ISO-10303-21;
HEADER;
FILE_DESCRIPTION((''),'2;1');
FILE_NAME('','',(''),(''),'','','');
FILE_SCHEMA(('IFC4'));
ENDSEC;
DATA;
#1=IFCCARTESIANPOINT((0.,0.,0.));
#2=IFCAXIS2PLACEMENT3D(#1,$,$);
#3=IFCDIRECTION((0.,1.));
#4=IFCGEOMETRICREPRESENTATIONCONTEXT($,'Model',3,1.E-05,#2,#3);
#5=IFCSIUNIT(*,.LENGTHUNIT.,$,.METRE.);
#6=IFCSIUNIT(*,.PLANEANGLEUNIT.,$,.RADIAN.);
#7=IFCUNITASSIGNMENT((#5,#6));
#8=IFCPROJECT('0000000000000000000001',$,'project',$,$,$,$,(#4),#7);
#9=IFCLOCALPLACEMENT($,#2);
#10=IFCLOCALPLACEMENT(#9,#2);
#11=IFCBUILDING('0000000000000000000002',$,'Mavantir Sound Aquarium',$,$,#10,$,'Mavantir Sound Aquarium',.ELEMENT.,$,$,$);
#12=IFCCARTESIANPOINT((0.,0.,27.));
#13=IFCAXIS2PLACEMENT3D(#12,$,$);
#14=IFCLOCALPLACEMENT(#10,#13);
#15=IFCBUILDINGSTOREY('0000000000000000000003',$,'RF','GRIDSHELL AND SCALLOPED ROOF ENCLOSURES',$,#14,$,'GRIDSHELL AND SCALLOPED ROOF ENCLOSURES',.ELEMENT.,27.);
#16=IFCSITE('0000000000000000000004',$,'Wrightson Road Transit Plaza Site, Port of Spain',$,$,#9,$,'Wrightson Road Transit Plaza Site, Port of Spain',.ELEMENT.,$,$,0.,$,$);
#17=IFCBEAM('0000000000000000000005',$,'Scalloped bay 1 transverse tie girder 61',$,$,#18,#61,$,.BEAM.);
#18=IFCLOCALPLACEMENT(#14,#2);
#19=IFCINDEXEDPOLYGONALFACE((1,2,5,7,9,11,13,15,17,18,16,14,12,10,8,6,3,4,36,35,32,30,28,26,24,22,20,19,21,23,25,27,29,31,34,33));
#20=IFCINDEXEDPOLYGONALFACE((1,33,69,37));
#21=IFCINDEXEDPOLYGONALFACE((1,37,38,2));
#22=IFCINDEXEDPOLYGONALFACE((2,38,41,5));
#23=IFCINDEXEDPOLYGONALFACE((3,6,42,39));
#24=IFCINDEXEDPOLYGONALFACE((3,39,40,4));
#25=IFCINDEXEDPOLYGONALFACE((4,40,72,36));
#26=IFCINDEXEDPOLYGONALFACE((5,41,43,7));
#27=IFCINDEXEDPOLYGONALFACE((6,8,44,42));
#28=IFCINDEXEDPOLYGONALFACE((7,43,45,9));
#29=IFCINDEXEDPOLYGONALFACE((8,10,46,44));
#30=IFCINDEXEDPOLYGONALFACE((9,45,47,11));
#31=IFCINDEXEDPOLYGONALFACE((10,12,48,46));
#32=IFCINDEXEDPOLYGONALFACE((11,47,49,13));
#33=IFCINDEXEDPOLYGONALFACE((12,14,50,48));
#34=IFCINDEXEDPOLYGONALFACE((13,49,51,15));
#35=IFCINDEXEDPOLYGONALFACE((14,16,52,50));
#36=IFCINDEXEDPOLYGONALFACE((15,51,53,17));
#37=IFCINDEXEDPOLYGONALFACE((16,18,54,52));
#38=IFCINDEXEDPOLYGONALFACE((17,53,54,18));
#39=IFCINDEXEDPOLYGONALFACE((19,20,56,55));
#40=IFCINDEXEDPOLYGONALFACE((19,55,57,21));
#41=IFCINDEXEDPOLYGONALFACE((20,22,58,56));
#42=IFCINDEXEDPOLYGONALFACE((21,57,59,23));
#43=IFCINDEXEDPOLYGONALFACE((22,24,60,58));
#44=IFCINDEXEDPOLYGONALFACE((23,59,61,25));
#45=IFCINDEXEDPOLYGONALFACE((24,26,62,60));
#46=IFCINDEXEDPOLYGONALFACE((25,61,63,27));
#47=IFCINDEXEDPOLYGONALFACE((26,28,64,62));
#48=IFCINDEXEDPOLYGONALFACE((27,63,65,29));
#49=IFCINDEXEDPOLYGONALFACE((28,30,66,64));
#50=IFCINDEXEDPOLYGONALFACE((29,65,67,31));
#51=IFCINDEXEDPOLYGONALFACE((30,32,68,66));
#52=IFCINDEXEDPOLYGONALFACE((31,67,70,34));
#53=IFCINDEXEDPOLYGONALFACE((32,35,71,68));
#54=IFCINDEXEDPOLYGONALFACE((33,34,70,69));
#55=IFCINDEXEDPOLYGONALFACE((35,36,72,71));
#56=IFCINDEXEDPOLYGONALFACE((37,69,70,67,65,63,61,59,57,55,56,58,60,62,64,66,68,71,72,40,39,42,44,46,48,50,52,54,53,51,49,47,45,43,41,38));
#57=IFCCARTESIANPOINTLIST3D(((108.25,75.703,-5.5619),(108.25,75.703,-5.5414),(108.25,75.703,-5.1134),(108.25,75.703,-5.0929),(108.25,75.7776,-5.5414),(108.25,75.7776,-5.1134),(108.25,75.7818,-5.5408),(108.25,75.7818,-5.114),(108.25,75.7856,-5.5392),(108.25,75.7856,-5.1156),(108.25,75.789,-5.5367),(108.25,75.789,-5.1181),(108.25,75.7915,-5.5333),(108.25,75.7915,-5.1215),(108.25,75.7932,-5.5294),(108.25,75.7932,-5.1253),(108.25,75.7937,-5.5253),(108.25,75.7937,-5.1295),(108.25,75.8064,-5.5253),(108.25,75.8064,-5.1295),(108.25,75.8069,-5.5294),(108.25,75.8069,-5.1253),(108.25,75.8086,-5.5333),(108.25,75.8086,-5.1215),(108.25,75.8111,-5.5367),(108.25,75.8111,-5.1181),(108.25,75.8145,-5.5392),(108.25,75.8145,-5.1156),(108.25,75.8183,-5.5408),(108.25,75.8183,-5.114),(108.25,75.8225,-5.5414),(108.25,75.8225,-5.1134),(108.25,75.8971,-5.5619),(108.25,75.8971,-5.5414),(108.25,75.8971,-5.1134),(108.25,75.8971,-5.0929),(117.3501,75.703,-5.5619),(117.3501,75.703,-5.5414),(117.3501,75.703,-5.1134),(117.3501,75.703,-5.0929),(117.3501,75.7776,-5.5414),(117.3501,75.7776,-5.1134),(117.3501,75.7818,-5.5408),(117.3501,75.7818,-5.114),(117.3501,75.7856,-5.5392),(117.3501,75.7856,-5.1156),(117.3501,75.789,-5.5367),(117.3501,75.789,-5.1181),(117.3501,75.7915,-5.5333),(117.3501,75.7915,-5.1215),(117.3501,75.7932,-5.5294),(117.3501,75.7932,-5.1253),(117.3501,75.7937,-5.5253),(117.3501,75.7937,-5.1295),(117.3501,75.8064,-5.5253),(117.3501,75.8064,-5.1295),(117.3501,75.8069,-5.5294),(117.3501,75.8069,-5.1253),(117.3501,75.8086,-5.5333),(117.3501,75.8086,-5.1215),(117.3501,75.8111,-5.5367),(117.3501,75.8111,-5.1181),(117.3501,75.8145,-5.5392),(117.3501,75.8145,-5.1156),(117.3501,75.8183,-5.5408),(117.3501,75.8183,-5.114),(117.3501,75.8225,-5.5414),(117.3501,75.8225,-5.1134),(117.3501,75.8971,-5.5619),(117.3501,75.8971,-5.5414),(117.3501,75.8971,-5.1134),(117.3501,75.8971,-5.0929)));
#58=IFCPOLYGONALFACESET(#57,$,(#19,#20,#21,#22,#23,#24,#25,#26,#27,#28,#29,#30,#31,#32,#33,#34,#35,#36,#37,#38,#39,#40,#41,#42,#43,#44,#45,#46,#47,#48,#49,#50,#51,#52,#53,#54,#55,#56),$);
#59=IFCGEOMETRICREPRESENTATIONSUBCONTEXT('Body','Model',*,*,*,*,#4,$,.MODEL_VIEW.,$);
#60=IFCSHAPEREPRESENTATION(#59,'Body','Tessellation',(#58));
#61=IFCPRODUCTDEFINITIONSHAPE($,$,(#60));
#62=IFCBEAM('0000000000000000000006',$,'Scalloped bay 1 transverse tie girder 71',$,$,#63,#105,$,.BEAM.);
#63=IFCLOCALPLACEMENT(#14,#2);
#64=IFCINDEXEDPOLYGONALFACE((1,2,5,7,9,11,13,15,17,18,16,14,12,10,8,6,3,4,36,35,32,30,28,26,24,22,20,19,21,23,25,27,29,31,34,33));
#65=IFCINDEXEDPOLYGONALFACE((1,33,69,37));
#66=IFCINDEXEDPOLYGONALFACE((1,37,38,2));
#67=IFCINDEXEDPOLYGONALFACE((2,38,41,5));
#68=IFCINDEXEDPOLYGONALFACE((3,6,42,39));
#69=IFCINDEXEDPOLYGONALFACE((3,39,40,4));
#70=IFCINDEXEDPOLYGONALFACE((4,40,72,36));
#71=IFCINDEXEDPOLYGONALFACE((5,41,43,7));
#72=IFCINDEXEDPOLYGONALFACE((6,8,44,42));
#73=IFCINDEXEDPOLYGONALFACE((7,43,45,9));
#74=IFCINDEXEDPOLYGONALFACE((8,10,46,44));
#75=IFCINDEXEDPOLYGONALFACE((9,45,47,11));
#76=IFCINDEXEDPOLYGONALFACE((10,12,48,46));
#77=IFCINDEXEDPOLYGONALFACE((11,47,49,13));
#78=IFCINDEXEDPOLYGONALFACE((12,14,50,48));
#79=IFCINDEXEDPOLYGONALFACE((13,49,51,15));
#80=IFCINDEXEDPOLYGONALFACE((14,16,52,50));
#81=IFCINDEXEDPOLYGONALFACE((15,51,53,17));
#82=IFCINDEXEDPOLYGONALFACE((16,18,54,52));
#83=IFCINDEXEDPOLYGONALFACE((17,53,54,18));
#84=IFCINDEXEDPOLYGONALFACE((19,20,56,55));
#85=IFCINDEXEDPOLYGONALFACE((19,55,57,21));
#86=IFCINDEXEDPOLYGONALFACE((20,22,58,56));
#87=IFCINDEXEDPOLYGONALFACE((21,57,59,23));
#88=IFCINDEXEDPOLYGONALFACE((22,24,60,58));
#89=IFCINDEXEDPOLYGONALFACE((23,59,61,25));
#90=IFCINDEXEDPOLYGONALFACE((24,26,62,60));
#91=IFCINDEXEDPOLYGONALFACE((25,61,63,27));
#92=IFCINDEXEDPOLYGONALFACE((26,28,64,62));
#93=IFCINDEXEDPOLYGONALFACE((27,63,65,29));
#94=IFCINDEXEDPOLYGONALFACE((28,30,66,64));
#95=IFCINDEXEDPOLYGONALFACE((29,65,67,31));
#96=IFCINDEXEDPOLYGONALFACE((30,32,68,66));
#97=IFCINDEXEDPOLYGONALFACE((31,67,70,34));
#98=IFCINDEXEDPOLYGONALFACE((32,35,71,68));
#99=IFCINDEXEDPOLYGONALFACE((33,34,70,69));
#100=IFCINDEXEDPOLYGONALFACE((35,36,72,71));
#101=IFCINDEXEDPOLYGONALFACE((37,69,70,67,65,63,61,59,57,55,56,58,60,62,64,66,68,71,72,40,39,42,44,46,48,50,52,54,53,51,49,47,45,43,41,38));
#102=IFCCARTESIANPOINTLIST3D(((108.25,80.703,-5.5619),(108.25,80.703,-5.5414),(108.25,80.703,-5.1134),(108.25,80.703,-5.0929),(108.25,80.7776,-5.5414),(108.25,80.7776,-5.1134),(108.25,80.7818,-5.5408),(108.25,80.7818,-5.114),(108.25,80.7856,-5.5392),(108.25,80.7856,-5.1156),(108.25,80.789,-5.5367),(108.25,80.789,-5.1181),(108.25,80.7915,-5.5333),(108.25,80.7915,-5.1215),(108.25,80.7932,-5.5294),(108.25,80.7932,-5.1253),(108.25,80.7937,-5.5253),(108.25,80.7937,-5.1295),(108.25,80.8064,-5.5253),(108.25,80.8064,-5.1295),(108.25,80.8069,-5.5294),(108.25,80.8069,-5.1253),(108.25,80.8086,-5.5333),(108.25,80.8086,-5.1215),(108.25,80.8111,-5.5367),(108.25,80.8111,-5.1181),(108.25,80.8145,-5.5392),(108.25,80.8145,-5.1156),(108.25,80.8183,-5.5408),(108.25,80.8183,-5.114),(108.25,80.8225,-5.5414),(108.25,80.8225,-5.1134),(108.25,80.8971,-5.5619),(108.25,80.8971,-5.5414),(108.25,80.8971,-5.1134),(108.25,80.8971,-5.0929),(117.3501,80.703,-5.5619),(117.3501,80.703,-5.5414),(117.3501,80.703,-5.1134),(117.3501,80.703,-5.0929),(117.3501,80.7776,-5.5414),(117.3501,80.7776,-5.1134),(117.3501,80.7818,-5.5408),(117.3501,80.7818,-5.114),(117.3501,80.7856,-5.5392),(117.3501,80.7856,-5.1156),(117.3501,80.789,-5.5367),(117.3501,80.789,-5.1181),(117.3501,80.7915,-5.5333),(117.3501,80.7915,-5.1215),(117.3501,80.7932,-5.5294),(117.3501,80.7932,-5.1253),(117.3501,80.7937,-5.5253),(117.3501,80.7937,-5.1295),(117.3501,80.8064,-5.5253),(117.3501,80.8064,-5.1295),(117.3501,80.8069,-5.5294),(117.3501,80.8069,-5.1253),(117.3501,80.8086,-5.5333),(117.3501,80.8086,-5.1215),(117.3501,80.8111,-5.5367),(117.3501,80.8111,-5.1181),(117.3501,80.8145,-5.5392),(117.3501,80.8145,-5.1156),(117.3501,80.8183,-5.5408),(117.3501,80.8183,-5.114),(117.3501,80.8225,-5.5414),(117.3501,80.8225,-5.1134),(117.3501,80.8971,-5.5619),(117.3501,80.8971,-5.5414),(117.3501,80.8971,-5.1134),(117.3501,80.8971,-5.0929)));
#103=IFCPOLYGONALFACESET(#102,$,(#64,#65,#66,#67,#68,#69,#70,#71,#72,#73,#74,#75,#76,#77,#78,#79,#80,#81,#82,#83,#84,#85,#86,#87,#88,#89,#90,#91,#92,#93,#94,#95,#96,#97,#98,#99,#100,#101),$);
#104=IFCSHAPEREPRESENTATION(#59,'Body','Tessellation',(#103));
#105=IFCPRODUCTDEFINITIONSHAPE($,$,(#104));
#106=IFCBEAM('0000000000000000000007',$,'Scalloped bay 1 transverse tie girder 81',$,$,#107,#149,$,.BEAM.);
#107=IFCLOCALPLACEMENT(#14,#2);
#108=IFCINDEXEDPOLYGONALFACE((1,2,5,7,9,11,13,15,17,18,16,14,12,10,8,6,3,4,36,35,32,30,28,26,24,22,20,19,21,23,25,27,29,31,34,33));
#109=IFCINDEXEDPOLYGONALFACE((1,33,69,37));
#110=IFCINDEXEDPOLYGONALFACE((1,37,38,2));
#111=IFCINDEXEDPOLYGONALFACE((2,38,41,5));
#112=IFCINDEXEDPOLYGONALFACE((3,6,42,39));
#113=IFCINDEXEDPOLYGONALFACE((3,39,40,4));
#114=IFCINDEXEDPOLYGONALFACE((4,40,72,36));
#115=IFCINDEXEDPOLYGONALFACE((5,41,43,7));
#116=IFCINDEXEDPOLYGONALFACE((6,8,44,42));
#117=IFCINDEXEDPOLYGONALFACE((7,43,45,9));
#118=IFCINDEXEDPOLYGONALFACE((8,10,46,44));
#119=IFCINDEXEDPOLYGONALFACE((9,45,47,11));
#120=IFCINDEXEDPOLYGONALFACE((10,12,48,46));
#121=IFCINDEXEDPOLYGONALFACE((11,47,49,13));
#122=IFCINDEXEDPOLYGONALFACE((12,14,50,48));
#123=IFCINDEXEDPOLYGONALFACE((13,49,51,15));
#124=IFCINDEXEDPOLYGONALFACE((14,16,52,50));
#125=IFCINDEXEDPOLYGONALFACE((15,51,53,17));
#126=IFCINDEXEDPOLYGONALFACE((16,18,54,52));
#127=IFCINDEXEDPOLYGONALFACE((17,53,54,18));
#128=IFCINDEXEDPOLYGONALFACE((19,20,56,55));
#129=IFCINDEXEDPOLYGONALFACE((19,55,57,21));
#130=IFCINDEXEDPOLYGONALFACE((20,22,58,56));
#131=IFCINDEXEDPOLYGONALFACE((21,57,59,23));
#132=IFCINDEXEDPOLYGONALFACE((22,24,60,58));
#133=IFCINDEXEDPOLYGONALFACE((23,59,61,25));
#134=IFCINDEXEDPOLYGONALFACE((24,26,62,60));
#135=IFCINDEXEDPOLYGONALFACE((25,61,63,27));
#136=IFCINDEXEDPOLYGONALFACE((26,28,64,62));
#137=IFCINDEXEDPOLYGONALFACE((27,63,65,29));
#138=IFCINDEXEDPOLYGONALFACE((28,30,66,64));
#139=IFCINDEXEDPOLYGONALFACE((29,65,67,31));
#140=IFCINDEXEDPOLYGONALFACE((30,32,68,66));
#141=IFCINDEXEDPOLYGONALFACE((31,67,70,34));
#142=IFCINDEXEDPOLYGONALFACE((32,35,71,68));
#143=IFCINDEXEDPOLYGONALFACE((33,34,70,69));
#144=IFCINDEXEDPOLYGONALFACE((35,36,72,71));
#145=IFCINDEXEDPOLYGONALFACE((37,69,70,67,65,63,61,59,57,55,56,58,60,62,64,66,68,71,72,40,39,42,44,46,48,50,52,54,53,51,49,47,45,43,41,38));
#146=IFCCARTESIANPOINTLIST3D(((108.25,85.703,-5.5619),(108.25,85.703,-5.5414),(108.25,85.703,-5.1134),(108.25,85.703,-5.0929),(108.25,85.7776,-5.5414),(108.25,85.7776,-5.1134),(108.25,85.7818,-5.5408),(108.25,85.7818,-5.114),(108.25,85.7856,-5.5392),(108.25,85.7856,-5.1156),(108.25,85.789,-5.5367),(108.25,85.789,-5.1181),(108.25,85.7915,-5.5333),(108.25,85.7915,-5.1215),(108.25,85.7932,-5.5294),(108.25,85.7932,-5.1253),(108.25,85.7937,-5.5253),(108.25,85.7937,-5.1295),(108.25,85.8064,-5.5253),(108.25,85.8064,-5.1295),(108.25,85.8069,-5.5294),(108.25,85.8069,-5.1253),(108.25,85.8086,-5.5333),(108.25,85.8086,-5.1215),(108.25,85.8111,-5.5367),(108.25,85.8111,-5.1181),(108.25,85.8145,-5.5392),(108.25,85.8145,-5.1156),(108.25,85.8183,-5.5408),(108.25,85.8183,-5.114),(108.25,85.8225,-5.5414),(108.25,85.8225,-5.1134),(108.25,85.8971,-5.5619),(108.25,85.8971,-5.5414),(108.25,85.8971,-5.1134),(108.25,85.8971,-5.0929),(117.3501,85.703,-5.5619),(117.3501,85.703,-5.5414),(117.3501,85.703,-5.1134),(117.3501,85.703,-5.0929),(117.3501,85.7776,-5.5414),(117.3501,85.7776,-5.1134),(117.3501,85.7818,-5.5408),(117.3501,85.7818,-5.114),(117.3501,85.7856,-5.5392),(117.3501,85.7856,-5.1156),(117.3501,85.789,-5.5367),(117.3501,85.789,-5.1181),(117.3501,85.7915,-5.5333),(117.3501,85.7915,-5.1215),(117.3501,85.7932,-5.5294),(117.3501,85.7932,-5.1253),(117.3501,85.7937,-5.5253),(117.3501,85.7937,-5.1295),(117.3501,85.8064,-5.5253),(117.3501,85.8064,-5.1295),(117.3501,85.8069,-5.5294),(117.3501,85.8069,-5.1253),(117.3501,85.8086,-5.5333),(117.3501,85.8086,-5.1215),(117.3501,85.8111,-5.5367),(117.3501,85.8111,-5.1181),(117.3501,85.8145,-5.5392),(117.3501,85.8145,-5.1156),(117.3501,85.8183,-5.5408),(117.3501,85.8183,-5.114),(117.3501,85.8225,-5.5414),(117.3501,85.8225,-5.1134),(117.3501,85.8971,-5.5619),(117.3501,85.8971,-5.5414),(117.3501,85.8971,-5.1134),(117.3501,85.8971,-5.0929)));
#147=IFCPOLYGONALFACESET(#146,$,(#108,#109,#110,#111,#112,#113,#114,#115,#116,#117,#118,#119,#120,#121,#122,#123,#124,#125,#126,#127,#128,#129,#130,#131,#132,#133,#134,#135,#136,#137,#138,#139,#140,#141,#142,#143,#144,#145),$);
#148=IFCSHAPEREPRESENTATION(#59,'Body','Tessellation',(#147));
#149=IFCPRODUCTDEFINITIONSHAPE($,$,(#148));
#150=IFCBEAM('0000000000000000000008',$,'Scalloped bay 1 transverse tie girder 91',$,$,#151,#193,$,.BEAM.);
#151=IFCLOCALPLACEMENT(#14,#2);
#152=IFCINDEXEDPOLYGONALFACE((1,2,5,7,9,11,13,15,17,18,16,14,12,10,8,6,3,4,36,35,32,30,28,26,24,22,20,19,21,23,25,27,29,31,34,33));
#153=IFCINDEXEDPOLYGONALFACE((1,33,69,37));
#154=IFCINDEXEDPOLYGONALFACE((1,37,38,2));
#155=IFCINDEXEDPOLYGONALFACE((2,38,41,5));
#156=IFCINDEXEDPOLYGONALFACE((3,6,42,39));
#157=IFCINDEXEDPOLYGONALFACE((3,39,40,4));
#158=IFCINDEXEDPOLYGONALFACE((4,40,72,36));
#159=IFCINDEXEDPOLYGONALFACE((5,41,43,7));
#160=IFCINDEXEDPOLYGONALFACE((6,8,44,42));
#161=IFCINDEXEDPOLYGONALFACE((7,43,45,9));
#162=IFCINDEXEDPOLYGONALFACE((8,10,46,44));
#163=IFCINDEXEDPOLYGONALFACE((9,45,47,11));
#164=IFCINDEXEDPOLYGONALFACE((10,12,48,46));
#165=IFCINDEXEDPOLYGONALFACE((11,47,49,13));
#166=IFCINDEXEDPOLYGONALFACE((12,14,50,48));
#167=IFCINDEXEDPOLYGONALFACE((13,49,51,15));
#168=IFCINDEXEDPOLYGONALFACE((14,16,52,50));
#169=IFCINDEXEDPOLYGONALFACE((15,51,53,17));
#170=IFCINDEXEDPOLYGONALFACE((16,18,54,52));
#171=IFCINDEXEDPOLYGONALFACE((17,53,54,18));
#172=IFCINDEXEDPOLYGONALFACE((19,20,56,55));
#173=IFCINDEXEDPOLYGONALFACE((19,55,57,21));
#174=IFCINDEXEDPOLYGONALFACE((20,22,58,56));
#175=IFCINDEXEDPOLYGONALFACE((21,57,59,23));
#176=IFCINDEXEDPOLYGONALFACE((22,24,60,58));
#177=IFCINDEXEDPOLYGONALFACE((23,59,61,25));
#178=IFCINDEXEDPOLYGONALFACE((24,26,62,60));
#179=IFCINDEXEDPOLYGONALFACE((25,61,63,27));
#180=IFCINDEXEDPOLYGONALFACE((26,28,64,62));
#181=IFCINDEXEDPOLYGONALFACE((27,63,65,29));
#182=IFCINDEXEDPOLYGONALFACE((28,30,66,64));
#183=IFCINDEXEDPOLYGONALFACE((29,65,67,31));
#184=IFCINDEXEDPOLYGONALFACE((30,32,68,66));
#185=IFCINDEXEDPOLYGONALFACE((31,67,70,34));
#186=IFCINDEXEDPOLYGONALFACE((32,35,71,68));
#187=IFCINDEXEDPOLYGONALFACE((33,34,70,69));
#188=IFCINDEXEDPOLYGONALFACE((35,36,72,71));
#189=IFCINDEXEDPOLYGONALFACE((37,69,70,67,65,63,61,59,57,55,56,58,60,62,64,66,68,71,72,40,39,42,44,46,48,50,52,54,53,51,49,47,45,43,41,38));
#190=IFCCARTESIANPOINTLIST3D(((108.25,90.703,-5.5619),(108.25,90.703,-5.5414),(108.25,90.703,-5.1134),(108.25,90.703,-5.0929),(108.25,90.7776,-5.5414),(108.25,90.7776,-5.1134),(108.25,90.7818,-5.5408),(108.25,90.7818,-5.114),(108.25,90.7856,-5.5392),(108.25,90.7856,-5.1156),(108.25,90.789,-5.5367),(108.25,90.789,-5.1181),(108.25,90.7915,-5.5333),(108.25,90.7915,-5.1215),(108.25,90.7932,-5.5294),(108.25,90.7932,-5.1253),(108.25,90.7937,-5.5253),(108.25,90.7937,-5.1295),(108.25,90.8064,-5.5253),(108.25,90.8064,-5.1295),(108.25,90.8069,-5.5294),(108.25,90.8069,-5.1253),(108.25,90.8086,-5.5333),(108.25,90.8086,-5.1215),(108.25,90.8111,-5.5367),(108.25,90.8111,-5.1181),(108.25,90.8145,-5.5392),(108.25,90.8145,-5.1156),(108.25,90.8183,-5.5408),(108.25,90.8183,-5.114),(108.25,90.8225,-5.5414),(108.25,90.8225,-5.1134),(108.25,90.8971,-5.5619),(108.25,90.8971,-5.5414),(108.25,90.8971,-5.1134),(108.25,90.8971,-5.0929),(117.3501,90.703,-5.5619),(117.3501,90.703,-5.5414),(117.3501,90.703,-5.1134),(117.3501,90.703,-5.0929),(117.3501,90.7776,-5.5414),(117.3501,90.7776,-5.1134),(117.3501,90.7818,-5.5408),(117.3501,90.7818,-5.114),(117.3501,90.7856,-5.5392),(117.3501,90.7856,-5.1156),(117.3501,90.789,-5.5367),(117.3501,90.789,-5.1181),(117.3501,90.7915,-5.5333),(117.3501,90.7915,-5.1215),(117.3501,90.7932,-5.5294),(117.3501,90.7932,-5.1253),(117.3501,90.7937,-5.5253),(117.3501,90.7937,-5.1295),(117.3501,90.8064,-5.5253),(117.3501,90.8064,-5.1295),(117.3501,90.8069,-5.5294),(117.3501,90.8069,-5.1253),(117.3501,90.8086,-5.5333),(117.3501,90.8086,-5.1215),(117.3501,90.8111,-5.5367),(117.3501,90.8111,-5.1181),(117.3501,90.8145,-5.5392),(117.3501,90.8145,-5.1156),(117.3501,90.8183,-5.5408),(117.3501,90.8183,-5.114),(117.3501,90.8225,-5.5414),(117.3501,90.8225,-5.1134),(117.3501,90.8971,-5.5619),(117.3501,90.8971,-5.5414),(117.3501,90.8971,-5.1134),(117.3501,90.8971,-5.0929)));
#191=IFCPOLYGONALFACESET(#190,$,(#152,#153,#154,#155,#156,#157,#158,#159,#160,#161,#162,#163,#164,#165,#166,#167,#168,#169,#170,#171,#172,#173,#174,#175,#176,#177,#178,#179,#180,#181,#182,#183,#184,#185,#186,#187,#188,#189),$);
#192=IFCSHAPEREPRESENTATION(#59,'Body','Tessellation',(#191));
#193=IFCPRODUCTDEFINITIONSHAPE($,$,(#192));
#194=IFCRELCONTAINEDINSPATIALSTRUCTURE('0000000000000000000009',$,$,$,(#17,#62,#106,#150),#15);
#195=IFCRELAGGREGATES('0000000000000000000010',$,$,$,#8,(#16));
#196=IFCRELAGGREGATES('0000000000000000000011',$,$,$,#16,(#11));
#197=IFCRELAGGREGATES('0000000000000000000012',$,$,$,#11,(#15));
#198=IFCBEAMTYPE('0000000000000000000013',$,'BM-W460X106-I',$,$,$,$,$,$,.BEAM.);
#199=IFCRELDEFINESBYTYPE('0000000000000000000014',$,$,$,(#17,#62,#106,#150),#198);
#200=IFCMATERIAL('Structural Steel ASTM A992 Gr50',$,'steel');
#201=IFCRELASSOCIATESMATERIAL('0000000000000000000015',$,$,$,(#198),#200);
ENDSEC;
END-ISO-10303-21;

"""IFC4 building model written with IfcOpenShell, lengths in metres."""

from ifc_helpers import new_model, si_unit, direction, frame, origin, origin_2d, place, context, subcontext, project, spatial, i_section, extrude, material, material_profile, profile_set, type_object, element, save


model = new_model("IFC4")

# Units and contexts
model_context = context("Model", 3, precision=1e-05, world=origin(), true_north=direction((0.0, 1.0)))
body_context = subcontext(model_context, "Body", "Model", "MODEL_VIEW")
ifc_project = project(units=[si_unit("LENGTHUNIT", "METRE"), si_unit("PLANEANGLEUNIT", "RADIAN")], contexts=[model_context])

# Site, building, storey
site_placement = place(None, origin())
site = spatial("IfcSite", under=ifc_project, at=site_placement, Name="Wrightson Road Transit Plaza Site, Port of Spain", LongName="Wrightson Road Transit Plaza Site, Port of Spain", CompositionType="ELEMENT", RefElevation=0.0)
building_placement = place(site_placement, origin())
building = spatial("IfcBuilding", under=site, at=building_placement, Name="Mavantir Sound Aquarium", LongName="Mavantir Sound Aquarium", CompositionType="ELEMENT")
storey_placement = place(building_placement, frame((0.0, 0.0, 27.0)))
storey = spatial("IfcBuildingStorey", under=building, at=storey_placement, Name="RF", Description="GRIDSHELL AND SCALLOPED ROOF ENCLOSURES", LongName="GRIDSHELL AND SCALLOPED ROOF ENCLOSURES", CompositionType="ELEMENT", Elevation=27.0)

# Beams
ifc_material_1 = material(Name="Structural Steel ASTM A992 Gr50", Category="steel")
ifc_material_profile_1 = material_profile(ifc_material_1, i_section(OverallWidth=0.1941, OverallDepth=0.469, WebThickness=0.0127, FlangeThickness=0.0205, FilletRadius=0.0161, at=origin_2d()), Name="W460X106")
ifc_profile_set_1 = profile_set([ifc_material_profile_1], Name="Structural Steel ASTM A992 Gr50")
beam_type = type_object("IfcBeamType", Name="BM-W460X106-I", PredefinedType="BEAM", material=ifc_profile_set_1)
for number, where, z_axis, x_axis, name in (
    (1, (108.25, 75.8, -5.3274), (1.0, 0.0, 0.0), (0.0, 1.0, 0.0), "Scalloped bay 1 transverse tie girder 61"),
    (2, (108.25, 80.8, -5.3274), (1.0, 0.0, 0.0), (0.0, 1.0, 0.0), "Scalloped bay 1 transverse tie girder 71"),
    (3, (108.25, 85.8, -5.3274), (1.0, 0.0, 0.0), (0.0, 1.0, 0.0), "Scalloped bay 1 transverse tie girder 81"),
    (4, (108.25, 90.8, -5.3274), (1.0, 0.0, 0.0), (0.0, 1.0, 0.0), "Scalloped bay 1 transverse tie girder 91"),
):
    element("IfcBeam", number, at=place(storey_placement, frame(where, z_axis=z_axis, x_axis=x_axis)), inside=storey, type_object=beam_type, Name=name, PredefinedType="BEAM", context=body_context, shape_type="SweptSolid", body=[
        extrude(i_section(OverallWidth=0.1941, OverallDepth=0.469, WebThickness=0.0127, FlangeThickness=0.0205, FilletRadius=0.0161, at=origin_2d()), origin(), (0.0, 0.0, 1.0), 9.1001),
    ])

save(model, "model.ifc")
